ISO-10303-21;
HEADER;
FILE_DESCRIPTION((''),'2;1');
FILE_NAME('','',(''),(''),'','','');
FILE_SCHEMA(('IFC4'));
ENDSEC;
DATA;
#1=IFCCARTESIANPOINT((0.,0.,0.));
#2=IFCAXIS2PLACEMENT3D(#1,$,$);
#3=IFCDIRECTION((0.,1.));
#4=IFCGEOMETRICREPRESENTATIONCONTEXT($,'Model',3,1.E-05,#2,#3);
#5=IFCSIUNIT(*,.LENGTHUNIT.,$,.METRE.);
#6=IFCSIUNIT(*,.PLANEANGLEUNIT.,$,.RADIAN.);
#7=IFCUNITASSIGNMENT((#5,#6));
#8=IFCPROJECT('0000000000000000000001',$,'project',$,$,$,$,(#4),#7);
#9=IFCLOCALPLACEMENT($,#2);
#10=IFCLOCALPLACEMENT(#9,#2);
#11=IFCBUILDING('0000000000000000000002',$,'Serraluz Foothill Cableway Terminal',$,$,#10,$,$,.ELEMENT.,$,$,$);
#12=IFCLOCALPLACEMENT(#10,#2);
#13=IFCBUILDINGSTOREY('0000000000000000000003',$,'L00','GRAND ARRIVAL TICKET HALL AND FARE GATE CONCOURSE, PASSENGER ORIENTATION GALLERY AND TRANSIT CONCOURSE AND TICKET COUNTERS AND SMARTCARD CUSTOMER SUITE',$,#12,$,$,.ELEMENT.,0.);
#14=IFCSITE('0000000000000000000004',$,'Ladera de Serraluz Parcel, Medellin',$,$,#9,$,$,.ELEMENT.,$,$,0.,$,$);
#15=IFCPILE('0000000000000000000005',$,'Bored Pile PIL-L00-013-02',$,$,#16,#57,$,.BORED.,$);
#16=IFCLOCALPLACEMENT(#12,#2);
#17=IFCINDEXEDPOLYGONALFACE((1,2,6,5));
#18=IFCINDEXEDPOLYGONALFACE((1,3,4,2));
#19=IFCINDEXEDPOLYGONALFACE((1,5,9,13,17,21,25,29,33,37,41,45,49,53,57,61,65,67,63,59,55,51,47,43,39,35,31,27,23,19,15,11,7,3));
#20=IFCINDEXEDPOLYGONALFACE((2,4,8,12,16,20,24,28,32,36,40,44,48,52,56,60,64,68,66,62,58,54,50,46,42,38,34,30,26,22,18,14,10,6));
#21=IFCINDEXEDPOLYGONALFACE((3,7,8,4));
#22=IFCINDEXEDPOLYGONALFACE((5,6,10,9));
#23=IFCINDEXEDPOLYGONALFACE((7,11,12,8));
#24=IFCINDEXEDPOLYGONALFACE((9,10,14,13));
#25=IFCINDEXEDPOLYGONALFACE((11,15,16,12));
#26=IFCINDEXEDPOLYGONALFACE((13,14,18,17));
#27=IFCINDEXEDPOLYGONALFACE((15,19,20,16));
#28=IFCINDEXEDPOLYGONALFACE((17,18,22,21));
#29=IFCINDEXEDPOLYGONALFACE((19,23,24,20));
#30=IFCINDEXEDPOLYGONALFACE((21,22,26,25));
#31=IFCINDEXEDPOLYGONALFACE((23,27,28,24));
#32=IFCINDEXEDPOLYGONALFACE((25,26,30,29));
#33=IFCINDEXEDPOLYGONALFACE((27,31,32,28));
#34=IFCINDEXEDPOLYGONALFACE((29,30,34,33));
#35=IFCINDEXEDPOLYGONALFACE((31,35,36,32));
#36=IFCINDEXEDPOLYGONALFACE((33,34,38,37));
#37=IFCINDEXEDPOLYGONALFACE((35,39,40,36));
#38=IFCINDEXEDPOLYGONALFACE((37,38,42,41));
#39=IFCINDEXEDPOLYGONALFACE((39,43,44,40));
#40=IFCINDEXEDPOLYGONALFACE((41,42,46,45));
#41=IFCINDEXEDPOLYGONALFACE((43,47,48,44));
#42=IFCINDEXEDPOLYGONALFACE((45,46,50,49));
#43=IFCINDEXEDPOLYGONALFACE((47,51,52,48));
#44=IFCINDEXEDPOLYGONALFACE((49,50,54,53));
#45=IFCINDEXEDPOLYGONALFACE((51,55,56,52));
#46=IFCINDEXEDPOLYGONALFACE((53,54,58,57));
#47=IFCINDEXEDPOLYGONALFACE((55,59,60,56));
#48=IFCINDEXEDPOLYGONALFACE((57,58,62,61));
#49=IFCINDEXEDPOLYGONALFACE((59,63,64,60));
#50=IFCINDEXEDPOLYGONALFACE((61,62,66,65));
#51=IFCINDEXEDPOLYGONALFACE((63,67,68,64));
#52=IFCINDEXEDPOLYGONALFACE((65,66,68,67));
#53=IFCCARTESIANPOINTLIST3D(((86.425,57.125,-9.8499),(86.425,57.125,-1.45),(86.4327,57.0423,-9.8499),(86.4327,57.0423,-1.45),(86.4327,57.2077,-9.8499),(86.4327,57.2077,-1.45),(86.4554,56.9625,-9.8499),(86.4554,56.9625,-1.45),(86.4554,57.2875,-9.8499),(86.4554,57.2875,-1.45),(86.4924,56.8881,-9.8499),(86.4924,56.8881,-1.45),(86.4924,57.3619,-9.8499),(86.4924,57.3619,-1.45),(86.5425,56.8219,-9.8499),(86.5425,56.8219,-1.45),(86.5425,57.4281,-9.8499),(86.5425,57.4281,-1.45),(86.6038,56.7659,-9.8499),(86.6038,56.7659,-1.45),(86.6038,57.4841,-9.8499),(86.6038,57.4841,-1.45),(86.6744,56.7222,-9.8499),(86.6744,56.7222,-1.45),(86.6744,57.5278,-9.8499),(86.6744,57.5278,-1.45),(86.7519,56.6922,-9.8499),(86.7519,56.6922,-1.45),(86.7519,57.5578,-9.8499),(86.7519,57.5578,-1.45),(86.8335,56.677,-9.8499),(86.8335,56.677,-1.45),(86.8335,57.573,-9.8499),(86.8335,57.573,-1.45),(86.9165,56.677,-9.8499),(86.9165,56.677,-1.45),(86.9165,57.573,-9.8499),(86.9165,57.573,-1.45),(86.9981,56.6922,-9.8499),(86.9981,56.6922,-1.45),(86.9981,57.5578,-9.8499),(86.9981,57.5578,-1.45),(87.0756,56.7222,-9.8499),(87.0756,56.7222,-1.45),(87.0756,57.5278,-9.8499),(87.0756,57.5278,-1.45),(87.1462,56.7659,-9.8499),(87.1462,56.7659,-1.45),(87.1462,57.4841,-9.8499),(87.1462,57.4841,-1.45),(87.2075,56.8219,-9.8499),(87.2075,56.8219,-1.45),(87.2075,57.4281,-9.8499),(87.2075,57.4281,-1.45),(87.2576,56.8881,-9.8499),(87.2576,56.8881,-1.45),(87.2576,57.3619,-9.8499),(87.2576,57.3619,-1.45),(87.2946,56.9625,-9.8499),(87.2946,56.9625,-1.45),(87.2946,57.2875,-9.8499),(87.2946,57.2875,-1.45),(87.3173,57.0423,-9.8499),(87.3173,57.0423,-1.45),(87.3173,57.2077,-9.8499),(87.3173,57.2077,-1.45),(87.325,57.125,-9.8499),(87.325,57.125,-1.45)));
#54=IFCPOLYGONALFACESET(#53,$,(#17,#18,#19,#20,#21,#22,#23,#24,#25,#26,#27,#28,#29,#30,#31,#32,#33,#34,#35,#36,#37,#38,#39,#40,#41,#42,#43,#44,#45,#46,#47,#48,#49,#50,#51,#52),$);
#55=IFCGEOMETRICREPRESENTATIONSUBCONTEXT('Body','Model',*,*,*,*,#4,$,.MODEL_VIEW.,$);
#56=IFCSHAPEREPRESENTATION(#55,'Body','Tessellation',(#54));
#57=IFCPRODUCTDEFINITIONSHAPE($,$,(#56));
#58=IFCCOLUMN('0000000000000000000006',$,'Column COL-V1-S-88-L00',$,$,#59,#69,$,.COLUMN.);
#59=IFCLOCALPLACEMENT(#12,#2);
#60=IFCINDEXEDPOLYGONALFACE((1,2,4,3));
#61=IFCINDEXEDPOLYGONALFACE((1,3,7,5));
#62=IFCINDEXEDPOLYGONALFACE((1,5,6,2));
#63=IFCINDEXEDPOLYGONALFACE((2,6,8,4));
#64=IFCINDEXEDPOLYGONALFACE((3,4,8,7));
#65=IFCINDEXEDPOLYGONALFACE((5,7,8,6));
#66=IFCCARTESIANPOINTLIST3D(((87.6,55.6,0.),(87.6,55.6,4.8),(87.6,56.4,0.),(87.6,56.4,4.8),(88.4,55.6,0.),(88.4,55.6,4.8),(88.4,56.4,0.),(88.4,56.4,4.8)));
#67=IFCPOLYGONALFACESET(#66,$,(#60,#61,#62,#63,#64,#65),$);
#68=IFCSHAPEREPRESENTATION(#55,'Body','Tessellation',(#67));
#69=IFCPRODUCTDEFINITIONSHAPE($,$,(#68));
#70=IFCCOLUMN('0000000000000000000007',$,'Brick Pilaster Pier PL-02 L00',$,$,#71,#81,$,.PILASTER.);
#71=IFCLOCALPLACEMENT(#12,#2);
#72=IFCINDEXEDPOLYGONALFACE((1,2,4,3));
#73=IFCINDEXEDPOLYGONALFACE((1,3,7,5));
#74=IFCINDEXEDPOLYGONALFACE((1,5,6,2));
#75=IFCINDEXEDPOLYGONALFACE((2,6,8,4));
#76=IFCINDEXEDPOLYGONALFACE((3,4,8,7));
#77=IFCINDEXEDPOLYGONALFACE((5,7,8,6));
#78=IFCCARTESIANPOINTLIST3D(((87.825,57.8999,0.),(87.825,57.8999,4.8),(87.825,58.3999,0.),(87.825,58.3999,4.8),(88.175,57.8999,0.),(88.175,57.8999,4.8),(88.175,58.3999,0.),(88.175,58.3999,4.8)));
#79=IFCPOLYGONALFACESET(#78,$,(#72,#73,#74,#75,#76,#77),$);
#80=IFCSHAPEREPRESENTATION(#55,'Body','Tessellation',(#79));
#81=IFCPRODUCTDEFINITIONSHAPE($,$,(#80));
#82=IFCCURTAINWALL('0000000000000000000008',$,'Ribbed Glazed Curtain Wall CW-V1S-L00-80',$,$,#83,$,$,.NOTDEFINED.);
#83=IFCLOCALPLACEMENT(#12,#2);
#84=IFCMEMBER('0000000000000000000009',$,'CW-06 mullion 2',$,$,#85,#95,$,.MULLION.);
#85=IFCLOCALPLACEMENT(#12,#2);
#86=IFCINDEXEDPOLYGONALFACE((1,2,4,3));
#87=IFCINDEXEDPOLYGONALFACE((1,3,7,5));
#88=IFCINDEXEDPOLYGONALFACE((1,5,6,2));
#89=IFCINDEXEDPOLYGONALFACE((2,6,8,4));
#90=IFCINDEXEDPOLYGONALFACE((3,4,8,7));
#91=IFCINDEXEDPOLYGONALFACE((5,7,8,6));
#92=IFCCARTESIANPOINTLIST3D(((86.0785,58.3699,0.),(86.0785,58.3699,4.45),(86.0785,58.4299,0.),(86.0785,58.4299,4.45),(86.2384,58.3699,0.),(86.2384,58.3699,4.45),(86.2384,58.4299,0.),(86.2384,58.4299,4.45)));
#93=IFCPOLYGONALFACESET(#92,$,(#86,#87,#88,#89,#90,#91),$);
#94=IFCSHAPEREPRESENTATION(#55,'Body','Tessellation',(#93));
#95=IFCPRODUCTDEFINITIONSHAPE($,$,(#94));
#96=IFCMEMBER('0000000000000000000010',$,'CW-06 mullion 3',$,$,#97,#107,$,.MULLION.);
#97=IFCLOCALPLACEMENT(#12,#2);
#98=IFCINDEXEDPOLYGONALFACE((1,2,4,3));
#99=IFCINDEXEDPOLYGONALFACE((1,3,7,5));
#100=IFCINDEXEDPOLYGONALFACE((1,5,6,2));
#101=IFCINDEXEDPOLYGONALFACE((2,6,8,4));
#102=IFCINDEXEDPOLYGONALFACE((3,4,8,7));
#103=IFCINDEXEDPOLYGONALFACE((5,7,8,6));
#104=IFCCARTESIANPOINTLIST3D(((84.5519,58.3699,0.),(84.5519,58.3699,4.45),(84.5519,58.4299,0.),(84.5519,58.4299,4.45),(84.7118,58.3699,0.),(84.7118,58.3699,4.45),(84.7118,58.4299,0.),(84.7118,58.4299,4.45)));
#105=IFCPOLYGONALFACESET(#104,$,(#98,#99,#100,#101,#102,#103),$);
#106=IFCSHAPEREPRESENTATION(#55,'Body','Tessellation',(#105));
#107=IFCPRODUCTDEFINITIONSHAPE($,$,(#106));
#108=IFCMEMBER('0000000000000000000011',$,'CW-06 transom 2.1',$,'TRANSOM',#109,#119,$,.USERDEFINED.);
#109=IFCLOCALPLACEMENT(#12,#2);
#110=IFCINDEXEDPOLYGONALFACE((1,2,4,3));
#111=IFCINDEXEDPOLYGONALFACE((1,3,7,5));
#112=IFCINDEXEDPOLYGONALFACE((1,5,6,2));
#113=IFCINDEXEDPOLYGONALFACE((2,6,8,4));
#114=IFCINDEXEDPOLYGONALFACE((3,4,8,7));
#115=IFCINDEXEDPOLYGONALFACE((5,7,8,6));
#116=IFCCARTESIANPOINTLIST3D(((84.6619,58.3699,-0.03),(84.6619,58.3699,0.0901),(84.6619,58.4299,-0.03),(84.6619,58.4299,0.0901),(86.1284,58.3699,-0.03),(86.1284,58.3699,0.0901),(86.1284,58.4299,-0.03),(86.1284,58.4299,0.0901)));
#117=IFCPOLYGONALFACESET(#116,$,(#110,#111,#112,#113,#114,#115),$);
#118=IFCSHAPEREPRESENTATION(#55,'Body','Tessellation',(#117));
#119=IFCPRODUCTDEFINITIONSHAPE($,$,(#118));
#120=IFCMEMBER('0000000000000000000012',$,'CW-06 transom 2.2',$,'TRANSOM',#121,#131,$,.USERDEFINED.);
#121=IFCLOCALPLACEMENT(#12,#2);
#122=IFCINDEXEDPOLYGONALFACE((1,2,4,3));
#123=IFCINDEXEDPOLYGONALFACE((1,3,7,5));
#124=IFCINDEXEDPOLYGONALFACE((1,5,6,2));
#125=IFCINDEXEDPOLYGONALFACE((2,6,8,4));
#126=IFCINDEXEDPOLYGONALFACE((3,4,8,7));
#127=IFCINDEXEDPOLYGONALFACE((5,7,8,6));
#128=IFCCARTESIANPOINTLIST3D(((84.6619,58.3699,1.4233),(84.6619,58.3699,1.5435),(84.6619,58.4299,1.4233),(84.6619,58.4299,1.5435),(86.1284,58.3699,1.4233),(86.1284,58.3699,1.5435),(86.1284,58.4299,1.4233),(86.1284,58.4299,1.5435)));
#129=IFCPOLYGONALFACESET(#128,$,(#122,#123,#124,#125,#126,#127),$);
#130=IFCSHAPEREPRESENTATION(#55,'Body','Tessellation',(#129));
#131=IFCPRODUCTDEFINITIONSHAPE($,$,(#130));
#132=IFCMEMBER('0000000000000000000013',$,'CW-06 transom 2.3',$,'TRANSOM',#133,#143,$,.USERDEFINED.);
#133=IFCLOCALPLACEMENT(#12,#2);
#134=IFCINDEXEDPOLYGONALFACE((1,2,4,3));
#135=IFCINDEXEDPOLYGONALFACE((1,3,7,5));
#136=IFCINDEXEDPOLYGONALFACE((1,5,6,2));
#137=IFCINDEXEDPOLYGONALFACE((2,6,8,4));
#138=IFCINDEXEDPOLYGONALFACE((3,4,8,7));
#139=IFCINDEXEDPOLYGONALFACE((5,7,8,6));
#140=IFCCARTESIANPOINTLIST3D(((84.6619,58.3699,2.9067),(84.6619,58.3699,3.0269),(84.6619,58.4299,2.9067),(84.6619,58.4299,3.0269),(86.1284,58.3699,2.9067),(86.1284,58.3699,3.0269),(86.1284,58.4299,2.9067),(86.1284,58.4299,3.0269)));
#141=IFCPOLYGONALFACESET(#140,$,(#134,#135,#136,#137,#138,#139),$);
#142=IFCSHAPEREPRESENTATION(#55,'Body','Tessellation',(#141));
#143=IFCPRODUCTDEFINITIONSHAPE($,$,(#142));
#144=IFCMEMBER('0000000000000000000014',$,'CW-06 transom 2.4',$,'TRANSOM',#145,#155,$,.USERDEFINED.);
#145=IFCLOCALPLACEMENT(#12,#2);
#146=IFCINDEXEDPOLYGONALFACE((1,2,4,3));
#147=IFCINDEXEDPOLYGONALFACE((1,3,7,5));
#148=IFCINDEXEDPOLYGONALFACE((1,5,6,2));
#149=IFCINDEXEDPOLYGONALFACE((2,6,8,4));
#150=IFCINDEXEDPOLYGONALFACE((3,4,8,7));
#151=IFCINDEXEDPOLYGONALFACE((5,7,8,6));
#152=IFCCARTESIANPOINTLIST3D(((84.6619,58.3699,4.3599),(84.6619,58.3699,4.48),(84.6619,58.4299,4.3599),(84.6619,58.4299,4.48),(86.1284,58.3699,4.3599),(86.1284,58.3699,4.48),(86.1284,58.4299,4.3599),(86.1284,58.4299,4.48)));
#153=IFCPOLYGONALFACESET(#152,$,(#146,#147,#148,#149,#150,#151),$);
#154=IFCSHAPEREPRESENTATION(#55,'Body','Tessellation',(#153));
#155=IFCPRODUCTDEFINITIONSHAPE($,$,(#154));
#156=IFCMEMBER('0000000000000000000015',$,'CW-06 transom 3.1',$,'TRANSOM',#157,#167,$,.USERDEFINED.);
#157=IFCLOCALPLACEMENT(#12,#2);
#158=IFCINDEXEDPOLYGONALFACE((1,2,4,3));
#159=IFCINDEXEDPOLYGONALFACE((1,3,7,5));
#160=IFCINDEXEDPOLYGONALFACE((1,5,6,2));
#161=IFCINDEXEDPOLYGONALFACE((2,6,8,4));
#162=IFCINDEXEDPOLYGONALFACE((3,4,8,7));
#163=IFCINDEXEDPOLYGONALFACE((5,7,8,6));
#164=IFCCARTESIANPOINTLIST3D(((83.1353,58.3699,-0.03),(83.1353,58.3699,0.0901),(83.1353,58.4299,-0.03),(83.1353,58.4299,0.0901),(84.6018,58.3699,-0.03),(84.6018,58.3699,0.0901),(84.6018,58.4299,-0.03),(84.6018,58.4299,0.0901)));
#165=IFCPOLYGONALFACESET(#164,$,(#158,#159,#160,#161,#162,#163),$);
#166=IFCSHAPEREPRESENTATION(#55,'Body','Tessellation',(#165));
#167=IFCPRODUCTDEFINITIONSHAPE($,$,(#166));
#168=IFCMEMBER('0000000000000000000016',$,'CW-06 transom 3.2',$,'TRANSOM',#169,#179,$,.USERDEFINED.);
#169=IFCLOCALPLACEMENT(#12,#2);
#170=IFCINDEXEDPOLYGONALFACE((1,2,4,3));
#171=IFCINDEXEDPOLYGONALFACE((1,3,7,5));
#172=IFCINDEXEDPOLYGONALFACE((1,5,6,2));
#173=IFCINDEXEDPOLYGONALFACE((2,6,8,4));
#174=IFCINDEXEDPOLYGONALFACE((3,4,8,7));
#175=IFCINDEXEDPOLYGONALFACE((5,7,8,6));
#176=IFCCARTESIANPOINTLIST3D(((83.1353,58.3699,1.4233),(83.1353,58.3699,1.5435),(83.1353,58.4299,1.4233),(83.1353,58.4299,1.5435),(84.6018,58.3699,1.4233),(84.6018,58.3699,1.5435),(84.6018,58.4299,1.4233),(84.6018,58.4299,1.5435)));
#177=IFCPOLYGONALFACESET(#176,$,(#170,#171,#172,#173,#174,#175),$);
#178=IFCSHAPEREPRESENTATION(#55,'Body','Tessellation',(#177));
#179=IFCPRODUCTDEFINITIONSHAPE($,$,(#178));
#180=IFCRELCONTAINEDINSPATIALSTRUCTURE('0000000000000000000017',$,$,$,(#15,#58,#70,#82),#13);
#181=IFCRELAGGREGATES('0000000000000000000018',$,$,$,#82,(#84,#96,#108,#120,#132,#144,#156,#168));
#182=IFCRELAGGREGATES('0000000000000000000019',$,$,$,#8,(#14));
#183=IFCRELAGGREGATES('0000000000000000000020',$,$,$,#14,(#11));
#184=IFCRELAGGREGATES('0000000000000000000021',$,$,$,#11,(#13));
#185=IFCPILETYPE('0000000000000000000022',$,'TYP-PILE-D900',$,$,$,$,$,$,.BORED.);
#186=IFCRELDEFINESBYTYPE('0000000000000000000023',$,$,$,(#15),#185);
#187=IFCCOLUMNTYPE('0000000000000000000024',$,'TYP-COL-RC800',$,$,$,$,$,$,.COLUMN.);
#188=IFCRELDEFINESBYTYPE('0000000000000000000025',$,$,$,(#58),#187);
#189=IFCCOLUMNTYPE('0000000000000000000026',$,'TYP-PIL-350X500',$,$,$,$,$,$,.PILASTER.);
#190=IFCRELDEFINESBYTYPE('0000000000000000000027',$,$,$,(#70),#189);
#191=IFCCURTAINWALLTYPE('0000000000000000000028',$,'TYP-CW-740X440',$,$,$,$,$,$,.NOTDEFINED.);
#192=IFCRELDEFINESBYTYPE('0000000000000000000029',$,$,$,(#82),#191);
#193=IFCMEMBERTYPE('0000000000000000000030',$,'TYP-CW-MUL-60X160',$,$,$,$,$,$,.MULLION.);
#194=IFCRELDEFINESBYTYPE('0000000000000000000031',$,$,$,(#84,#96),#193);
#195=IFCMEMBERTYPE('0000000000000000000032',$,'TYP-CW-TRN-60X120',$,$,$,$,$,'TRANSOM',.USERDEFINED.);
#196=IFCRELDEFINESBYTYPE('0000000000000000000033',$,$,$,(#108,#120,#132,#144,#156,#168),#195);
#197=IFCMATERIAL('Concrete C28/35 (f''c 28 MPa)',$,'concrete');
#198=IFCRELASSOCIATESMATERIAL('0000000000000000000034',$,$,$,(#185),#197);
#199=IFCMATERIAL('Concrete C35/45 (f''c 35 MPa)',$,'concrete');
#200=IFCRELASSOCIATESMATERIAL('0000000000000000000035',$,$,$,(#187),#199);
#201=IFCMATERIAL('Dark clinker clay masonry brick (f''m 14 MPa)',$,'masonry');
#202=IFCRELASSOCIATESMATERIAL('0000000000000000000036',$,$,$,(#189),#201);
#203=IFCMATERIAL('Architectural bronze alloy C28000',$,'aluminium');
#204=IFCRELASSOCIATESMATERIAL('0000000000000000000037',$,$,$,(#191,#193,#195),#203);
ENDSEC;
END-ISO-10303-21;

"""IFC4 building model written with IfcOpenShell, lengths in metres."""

from ifc_helpers import new_model, si_unit, direction, frame, origin, origin_2d, place, context, subcontext, project, spatial, rectangle, circle, extrude, material, material_profile, profile_set, type_object, element, aggregate, save


model = new_model("IFC4")

# Units and contexts
model_context = context("Model", 3, precision=1e-05, world=origin(), true_north=direction((0.0, 1.0)))
body_context = subcontext(model_context, "Body", "Model", "MODEL_VIEW")
ifc_project = project(units=[si_unit("LENGTHUNIT", "METRE"), si_unit("PLANEANGLEUNIT", "RADIAN")], contexts=[model_context])

# Site, building, storey
site_placement = place(None, origin())
site = spatial("IfcSite", under=ifc_project, at=site_placement, Name="Ladera de Serraluz Parcel, Medellin", CompositionType="ELEMENT", RefElevation=0.0)
building_placement = place(site_placement, origin())
building = spatial("IfcBuilding", under=site, at=building_placement, Name="Serraluz Foothill Cableway Terminal", CompositionType="ELEMENT")
storey_placement = place(building_placement, origin())
storey = spatial("IfcBuildingStorey", under=building, at=storey_placement, Name="L00", Description="GRAND ARRIVAL TICKET HALL AND FARE GATE CONCOURSE, PASSENGER ORIENTATION GALLERY AND TRANSIT CONCOURSE AND TICKET COUNTERS AND SMARTCARD CUSTOMER SUITE", CompositionType="ELEMENT", Elevation=0.0)

# Pile
ifc_material_1 = material(Name="Concrete C28/35 (f'c 28 MPa)", Category="concrete")
ifc_material_profile_1 = material_profile(ifc_material_1, circle(Radius=0.45, at=origin_2d()), Name="BORED PILE D900")
ifc_profile_set_1 = profile_set([ifc_material_profile_1], Name="Concrete C28/35 (f'c 28 MPa)")
pile_type = type_object("IfcPileType", Name="TYP-PILE-D900", PredefinedType="BORED", material=ifc_profile_set_1)
pile_placement = place(storey_placement, frame((86.875, 57.125, -1.45), z_axis=(0.0, 0.0, -1.0), x_axis=(1.0, 0.0, 0.0)))
element("IfcPile", 1, at=pile_placement, inside=storey, type_object=pile_type, Name="Bored Pile PIL-L00-013-02", PredefinedType="BORED", context=body_context, shape_type="SweptSolid", body=[
    extrude(circle(Radius=0.45, at=origin_2d()), origin(), (0.0, 0.0, 1.0), 8.3999),
])

# Columns
ifc_material_2 = material(Name="Concrete C35/45 (f'c 35 MPa)", Category="concrete")
ifc_material_profile_2 = material_profile(ifc_material_2, rectangle(XDim=0.8, YDim=0.8, at=origin_2d()), Name="RC 800x800")
ifc_profile_set_2 = profile_set([ifc_material_profile_2], Name="Concrete C35/45 (f'c 35 MPa)")
column_type_1 = type_object("IfcColumnType", Name="TYP-COL-RC800", PredefinedType="COLUMN", material=ifc_profile_set_2)
column_1_placement = place(storey_placement, frame((88.0, 56.0, 0.0), z_axis=(0.0, 0.0, 1.0), x_axis=(1.0, 0.0, 0.0)))
element("IfcColumn", 2, at=column_1_placement, inside=storey, type_object=column_type_1, Name="Column COL-V1-S-88-L00", PredefinedType="COLUMN", context=body_context, shape_type="SweptSolid", body=[
    extrude(rectangle(XDim=0.8, YDim=0.8, at=origin_2d()), origin(), (0.0, 0.0, 1.0), 4.8),
])
ifc_material_3 = material(Name="Dark clinker clay masonry brick (f'm 14 MPa)", Category="masonry")
ifc_material_profile_3 = material_profile(ifc_material_3, rectangle(XDim=0.3501, YDim=0.5, at=origin_2d()), Name="PIL 350x500")
ifc_profile_set_3 = profile_set([ifc_material_profile_3], Name="Dark clinker clay masonry brick (f'm 14 MPa)")
column_type_2 = type_object("IfcColumnType", Name="TYP-PIL-350X500", PredefinedType="PILASTER", material=ifc_profile_set_3)
column_2_placement = place(storey_placement, frame((88.0, 58.1499, 0.0), z_axis=(0.0, 0.0, 1.0), x_axis=(1.0, 0.0, 0.0)))
element("IfcColumn", 3, at=column_2_placement, inside=storey, type_object=column_type_2, Name="Brick Pilaster Pier PL-02 L00", PredefinedType="PILASTER", context=body_context, shape_type="SweptSolid", body=[
    extrude(rectangle(XDim=0.3501, YDim=0.5, at=origin_2d()), origin(), (0.0, 0.0, 1.0), 4.8),
])

# Curtain wall, members
ifc_material_4 = material(Name="Architectural bronze alloy C28000", Category="aluminium")
curtain_wall_type = type_object("IfcCurtainWallType", Name="TYP-CW-740X440", PredefinedType="NOTDEFINED", material=ifc_material_4)
curtain_wall_placement = place(storey_placement, origin())
curtain_wall = element("IfcCurtainWall", 4, at=curtain_wall_placement, inside=storey, type_object=curtain_wall_type, Name="Ribbed Glazed Curtain Wall CW-V1S-L00-80", PredefinedType="NOTDEFINED")
ifc_material_profile_4 = material_profile(ifc_material_4, rectangle(XDim=0.0601, YDim=0.1599, at=origin_2d()), Name="ALU MULLION 60x160")
ifc_profile_set_4 = profile_set([ifc_material_profile_4], Name="Architectural bronze alloy C28000")
member_type_1 = type_object("IfcMemberType", Name="TYP-CW-MUL-60X160", PredefinedType="MULLION", material=ifc_profile_set_4)
member_1_placement = place(storey_placement, frame((86.1584, 58.3999, 0.0), z_axis=(0.0, 0.0, 1.0), x_axis=(0.0, -1.0, 0.0)))
member_1 = element("IfcMember", 5, at=member_1_placement, type_object=member_type_1, Name="CW-06 mullion 2", PredefinedType="MULLION", context=body_context, shape_type="SweptSolid", body=[
    extrude(rectangle(XDim=0.0601, YDim=0.1599, at=origin_2d()), origin(), (0.0, 0.0, 1.0), 4.45),
])
member_2_placement = place(storey_placement, frame((84.6318, 58.3999, 0.0), z_axis=(0.0, 0.0, 1.0), x_axis=(0.0, -1.0, 0.0)))
member_2 = element("IfcMember", 6, at=member_2_placement, type_object=member_type_1, Name="CW-06 mullion 3", PredefinedType="MULLION", context=body_context, shape_type="SweptSolid", body=[
    extrude(rectangle(XDim=0.0601, YDim=0.1599, at=origin_2d()), origin(), (0.0, 0.0, 1.0), 4.45),
])
ifc_material_profile_5 = material_profile(ifc_material_4, rectangle(XDim=0.0601, YDim=0.1201, at=origin_2d()), Name="ALU TRANSOM 60x120")
ifc_profile_set_5 = profile_set([ifc_material_profile_5], Name="Architectural bronze alloy C28000")
member_type_2 = type_object("IfcMemberType", Name="TYP-CW-TRN-60X120", ElementType="TRANSOM", PredefinedType="USERDEFINED", material=ifc_profile_set_5)
member_3_placement = place(storey_placement, frame((86.1284, 58.3999, 0.03), z_axis=(-1.0, 0.0, 0.0), x_axis=(0.0, -1.0, 0.0)))
member_3 = element("IfcMember", 7, at=member_3_placement, type_object=member_type_2, Name="CW-06 transom 2.1", ObjectType="TRANSOM", PredefinedType="USERDEFINED", context=body_context, shape_type="SweptSolid", body=[
    extrude(rectangle(XDim=0.0601, YDim=0.1201, at=origin_2d()), origin(), (0.0, 0.0, 1.0), 1.4666),
])
member_4_placement = place(storey_placement, frame((86.1284, 58.3999, 1.4834), z_axis=(-1.0, 0.0, 0.0), x_axis=(0.0, -1.0, 0.0)))
member_4 = element("IfcMember", 8, at=member_4_placement, type_object=member_type_2, Name="CW-06 transom 2.2", ObjectType="TRANSOM", PredefinedType="USERDEFINED", context=body_context, shape_type="SweptSolid", body=[
    extrude(rectangle(XDim=0.0601, YDim=0.1201, at=origin_2d()), origin(), (0.0, 0.0, 1.0), 1.4666),
])
member_5_placement = place(storey_placement, frame((86.1284, 58.3999, 2.9668), z_axis=(-1.0, 0.0, 0.0), x_axis=(0.0, -1.0, 0.0)))
member_5 = element("IfcMember", 9, at=member_5_placement, type_object=member_type_2, Name="CW-06 transom 2.3", ObjectType="TRANSOM", PredefinedType="USERDEFINED", context=body_context, shape_type="SweptSolid", body=[
    extrude(rectangle(XDim=0.0601, YDim=0.1201, at=origin_2d()), origin(), (0.0, 0.0, 1.0), 1.4666),
])
member_6_placement = place(storey_placement, frame((86.1284, 58.3999, 4.4199), z_axis=(-1.0, 0.0, 0.0), x_axis=(0.0, -1.0, 0.0)))
member_6 = element("IfcMember", 10, at=member_6_placement, type_object=member_type_2, Name="CW-06 transom 2.4", ObjectType="TRANSOM", PredefinedType="USERDEFINED", context=body_context, shape_type="SweptSolid", body=[
    extrude(rectangle(XDim=0.0601, YDim=0.1201, at=origin_2d()), origin(), (0.0, 0.0, 1.0), 1.4666),
])
member_7_placement = place(storey_placement, frame((84.6018, 58.3999, 0.03), z_axis=(-1.0, 0.0, 0.0), x_axis=(0.0, -1.0, 0.0)))
member_7 = element("IfcMember", 11, at=member_7_placement, type_object=member_type_2, Name="CW-06 transom 3.1", ObjectType="TRANSOM", PredefinedType="USERDEFINED", context=body_context, shape_type="SweptSolid", body=[
    extrude(rectangle(XDim=0.0601, YDim=0.1201, at=origin_2d()), origin(), (0.0, 0.0, 1.0), 1.4666),
])
member_8_placement = place(storey_placement, frame((84.6018, 58.3999, 1.4834), z_axis=(-1.0, 0.0, 0.0), x_axis=(0.0, -1.0, 0.0)))
member_8 = element("IfcMember", 12, at=member_8_placement, type_object=member_type_2, Name="CW-06 transom 3.2", ObjectType="TRANSOM", PredefinedType="USERDEFINED", context=body_context, shape_type="SweptSolid", body=[
    extrude(rectangle(XDim=0.0601, YDim=0.1201, at=origin_2d()), origin(), (0.0, 0.0, 1.0), 1.4666),
])
aggregate(curtain_wall, [member_1, member_2, member_3, member_4, member_5, member_6, member_7, member_8])

save(model, "model.ifc")
